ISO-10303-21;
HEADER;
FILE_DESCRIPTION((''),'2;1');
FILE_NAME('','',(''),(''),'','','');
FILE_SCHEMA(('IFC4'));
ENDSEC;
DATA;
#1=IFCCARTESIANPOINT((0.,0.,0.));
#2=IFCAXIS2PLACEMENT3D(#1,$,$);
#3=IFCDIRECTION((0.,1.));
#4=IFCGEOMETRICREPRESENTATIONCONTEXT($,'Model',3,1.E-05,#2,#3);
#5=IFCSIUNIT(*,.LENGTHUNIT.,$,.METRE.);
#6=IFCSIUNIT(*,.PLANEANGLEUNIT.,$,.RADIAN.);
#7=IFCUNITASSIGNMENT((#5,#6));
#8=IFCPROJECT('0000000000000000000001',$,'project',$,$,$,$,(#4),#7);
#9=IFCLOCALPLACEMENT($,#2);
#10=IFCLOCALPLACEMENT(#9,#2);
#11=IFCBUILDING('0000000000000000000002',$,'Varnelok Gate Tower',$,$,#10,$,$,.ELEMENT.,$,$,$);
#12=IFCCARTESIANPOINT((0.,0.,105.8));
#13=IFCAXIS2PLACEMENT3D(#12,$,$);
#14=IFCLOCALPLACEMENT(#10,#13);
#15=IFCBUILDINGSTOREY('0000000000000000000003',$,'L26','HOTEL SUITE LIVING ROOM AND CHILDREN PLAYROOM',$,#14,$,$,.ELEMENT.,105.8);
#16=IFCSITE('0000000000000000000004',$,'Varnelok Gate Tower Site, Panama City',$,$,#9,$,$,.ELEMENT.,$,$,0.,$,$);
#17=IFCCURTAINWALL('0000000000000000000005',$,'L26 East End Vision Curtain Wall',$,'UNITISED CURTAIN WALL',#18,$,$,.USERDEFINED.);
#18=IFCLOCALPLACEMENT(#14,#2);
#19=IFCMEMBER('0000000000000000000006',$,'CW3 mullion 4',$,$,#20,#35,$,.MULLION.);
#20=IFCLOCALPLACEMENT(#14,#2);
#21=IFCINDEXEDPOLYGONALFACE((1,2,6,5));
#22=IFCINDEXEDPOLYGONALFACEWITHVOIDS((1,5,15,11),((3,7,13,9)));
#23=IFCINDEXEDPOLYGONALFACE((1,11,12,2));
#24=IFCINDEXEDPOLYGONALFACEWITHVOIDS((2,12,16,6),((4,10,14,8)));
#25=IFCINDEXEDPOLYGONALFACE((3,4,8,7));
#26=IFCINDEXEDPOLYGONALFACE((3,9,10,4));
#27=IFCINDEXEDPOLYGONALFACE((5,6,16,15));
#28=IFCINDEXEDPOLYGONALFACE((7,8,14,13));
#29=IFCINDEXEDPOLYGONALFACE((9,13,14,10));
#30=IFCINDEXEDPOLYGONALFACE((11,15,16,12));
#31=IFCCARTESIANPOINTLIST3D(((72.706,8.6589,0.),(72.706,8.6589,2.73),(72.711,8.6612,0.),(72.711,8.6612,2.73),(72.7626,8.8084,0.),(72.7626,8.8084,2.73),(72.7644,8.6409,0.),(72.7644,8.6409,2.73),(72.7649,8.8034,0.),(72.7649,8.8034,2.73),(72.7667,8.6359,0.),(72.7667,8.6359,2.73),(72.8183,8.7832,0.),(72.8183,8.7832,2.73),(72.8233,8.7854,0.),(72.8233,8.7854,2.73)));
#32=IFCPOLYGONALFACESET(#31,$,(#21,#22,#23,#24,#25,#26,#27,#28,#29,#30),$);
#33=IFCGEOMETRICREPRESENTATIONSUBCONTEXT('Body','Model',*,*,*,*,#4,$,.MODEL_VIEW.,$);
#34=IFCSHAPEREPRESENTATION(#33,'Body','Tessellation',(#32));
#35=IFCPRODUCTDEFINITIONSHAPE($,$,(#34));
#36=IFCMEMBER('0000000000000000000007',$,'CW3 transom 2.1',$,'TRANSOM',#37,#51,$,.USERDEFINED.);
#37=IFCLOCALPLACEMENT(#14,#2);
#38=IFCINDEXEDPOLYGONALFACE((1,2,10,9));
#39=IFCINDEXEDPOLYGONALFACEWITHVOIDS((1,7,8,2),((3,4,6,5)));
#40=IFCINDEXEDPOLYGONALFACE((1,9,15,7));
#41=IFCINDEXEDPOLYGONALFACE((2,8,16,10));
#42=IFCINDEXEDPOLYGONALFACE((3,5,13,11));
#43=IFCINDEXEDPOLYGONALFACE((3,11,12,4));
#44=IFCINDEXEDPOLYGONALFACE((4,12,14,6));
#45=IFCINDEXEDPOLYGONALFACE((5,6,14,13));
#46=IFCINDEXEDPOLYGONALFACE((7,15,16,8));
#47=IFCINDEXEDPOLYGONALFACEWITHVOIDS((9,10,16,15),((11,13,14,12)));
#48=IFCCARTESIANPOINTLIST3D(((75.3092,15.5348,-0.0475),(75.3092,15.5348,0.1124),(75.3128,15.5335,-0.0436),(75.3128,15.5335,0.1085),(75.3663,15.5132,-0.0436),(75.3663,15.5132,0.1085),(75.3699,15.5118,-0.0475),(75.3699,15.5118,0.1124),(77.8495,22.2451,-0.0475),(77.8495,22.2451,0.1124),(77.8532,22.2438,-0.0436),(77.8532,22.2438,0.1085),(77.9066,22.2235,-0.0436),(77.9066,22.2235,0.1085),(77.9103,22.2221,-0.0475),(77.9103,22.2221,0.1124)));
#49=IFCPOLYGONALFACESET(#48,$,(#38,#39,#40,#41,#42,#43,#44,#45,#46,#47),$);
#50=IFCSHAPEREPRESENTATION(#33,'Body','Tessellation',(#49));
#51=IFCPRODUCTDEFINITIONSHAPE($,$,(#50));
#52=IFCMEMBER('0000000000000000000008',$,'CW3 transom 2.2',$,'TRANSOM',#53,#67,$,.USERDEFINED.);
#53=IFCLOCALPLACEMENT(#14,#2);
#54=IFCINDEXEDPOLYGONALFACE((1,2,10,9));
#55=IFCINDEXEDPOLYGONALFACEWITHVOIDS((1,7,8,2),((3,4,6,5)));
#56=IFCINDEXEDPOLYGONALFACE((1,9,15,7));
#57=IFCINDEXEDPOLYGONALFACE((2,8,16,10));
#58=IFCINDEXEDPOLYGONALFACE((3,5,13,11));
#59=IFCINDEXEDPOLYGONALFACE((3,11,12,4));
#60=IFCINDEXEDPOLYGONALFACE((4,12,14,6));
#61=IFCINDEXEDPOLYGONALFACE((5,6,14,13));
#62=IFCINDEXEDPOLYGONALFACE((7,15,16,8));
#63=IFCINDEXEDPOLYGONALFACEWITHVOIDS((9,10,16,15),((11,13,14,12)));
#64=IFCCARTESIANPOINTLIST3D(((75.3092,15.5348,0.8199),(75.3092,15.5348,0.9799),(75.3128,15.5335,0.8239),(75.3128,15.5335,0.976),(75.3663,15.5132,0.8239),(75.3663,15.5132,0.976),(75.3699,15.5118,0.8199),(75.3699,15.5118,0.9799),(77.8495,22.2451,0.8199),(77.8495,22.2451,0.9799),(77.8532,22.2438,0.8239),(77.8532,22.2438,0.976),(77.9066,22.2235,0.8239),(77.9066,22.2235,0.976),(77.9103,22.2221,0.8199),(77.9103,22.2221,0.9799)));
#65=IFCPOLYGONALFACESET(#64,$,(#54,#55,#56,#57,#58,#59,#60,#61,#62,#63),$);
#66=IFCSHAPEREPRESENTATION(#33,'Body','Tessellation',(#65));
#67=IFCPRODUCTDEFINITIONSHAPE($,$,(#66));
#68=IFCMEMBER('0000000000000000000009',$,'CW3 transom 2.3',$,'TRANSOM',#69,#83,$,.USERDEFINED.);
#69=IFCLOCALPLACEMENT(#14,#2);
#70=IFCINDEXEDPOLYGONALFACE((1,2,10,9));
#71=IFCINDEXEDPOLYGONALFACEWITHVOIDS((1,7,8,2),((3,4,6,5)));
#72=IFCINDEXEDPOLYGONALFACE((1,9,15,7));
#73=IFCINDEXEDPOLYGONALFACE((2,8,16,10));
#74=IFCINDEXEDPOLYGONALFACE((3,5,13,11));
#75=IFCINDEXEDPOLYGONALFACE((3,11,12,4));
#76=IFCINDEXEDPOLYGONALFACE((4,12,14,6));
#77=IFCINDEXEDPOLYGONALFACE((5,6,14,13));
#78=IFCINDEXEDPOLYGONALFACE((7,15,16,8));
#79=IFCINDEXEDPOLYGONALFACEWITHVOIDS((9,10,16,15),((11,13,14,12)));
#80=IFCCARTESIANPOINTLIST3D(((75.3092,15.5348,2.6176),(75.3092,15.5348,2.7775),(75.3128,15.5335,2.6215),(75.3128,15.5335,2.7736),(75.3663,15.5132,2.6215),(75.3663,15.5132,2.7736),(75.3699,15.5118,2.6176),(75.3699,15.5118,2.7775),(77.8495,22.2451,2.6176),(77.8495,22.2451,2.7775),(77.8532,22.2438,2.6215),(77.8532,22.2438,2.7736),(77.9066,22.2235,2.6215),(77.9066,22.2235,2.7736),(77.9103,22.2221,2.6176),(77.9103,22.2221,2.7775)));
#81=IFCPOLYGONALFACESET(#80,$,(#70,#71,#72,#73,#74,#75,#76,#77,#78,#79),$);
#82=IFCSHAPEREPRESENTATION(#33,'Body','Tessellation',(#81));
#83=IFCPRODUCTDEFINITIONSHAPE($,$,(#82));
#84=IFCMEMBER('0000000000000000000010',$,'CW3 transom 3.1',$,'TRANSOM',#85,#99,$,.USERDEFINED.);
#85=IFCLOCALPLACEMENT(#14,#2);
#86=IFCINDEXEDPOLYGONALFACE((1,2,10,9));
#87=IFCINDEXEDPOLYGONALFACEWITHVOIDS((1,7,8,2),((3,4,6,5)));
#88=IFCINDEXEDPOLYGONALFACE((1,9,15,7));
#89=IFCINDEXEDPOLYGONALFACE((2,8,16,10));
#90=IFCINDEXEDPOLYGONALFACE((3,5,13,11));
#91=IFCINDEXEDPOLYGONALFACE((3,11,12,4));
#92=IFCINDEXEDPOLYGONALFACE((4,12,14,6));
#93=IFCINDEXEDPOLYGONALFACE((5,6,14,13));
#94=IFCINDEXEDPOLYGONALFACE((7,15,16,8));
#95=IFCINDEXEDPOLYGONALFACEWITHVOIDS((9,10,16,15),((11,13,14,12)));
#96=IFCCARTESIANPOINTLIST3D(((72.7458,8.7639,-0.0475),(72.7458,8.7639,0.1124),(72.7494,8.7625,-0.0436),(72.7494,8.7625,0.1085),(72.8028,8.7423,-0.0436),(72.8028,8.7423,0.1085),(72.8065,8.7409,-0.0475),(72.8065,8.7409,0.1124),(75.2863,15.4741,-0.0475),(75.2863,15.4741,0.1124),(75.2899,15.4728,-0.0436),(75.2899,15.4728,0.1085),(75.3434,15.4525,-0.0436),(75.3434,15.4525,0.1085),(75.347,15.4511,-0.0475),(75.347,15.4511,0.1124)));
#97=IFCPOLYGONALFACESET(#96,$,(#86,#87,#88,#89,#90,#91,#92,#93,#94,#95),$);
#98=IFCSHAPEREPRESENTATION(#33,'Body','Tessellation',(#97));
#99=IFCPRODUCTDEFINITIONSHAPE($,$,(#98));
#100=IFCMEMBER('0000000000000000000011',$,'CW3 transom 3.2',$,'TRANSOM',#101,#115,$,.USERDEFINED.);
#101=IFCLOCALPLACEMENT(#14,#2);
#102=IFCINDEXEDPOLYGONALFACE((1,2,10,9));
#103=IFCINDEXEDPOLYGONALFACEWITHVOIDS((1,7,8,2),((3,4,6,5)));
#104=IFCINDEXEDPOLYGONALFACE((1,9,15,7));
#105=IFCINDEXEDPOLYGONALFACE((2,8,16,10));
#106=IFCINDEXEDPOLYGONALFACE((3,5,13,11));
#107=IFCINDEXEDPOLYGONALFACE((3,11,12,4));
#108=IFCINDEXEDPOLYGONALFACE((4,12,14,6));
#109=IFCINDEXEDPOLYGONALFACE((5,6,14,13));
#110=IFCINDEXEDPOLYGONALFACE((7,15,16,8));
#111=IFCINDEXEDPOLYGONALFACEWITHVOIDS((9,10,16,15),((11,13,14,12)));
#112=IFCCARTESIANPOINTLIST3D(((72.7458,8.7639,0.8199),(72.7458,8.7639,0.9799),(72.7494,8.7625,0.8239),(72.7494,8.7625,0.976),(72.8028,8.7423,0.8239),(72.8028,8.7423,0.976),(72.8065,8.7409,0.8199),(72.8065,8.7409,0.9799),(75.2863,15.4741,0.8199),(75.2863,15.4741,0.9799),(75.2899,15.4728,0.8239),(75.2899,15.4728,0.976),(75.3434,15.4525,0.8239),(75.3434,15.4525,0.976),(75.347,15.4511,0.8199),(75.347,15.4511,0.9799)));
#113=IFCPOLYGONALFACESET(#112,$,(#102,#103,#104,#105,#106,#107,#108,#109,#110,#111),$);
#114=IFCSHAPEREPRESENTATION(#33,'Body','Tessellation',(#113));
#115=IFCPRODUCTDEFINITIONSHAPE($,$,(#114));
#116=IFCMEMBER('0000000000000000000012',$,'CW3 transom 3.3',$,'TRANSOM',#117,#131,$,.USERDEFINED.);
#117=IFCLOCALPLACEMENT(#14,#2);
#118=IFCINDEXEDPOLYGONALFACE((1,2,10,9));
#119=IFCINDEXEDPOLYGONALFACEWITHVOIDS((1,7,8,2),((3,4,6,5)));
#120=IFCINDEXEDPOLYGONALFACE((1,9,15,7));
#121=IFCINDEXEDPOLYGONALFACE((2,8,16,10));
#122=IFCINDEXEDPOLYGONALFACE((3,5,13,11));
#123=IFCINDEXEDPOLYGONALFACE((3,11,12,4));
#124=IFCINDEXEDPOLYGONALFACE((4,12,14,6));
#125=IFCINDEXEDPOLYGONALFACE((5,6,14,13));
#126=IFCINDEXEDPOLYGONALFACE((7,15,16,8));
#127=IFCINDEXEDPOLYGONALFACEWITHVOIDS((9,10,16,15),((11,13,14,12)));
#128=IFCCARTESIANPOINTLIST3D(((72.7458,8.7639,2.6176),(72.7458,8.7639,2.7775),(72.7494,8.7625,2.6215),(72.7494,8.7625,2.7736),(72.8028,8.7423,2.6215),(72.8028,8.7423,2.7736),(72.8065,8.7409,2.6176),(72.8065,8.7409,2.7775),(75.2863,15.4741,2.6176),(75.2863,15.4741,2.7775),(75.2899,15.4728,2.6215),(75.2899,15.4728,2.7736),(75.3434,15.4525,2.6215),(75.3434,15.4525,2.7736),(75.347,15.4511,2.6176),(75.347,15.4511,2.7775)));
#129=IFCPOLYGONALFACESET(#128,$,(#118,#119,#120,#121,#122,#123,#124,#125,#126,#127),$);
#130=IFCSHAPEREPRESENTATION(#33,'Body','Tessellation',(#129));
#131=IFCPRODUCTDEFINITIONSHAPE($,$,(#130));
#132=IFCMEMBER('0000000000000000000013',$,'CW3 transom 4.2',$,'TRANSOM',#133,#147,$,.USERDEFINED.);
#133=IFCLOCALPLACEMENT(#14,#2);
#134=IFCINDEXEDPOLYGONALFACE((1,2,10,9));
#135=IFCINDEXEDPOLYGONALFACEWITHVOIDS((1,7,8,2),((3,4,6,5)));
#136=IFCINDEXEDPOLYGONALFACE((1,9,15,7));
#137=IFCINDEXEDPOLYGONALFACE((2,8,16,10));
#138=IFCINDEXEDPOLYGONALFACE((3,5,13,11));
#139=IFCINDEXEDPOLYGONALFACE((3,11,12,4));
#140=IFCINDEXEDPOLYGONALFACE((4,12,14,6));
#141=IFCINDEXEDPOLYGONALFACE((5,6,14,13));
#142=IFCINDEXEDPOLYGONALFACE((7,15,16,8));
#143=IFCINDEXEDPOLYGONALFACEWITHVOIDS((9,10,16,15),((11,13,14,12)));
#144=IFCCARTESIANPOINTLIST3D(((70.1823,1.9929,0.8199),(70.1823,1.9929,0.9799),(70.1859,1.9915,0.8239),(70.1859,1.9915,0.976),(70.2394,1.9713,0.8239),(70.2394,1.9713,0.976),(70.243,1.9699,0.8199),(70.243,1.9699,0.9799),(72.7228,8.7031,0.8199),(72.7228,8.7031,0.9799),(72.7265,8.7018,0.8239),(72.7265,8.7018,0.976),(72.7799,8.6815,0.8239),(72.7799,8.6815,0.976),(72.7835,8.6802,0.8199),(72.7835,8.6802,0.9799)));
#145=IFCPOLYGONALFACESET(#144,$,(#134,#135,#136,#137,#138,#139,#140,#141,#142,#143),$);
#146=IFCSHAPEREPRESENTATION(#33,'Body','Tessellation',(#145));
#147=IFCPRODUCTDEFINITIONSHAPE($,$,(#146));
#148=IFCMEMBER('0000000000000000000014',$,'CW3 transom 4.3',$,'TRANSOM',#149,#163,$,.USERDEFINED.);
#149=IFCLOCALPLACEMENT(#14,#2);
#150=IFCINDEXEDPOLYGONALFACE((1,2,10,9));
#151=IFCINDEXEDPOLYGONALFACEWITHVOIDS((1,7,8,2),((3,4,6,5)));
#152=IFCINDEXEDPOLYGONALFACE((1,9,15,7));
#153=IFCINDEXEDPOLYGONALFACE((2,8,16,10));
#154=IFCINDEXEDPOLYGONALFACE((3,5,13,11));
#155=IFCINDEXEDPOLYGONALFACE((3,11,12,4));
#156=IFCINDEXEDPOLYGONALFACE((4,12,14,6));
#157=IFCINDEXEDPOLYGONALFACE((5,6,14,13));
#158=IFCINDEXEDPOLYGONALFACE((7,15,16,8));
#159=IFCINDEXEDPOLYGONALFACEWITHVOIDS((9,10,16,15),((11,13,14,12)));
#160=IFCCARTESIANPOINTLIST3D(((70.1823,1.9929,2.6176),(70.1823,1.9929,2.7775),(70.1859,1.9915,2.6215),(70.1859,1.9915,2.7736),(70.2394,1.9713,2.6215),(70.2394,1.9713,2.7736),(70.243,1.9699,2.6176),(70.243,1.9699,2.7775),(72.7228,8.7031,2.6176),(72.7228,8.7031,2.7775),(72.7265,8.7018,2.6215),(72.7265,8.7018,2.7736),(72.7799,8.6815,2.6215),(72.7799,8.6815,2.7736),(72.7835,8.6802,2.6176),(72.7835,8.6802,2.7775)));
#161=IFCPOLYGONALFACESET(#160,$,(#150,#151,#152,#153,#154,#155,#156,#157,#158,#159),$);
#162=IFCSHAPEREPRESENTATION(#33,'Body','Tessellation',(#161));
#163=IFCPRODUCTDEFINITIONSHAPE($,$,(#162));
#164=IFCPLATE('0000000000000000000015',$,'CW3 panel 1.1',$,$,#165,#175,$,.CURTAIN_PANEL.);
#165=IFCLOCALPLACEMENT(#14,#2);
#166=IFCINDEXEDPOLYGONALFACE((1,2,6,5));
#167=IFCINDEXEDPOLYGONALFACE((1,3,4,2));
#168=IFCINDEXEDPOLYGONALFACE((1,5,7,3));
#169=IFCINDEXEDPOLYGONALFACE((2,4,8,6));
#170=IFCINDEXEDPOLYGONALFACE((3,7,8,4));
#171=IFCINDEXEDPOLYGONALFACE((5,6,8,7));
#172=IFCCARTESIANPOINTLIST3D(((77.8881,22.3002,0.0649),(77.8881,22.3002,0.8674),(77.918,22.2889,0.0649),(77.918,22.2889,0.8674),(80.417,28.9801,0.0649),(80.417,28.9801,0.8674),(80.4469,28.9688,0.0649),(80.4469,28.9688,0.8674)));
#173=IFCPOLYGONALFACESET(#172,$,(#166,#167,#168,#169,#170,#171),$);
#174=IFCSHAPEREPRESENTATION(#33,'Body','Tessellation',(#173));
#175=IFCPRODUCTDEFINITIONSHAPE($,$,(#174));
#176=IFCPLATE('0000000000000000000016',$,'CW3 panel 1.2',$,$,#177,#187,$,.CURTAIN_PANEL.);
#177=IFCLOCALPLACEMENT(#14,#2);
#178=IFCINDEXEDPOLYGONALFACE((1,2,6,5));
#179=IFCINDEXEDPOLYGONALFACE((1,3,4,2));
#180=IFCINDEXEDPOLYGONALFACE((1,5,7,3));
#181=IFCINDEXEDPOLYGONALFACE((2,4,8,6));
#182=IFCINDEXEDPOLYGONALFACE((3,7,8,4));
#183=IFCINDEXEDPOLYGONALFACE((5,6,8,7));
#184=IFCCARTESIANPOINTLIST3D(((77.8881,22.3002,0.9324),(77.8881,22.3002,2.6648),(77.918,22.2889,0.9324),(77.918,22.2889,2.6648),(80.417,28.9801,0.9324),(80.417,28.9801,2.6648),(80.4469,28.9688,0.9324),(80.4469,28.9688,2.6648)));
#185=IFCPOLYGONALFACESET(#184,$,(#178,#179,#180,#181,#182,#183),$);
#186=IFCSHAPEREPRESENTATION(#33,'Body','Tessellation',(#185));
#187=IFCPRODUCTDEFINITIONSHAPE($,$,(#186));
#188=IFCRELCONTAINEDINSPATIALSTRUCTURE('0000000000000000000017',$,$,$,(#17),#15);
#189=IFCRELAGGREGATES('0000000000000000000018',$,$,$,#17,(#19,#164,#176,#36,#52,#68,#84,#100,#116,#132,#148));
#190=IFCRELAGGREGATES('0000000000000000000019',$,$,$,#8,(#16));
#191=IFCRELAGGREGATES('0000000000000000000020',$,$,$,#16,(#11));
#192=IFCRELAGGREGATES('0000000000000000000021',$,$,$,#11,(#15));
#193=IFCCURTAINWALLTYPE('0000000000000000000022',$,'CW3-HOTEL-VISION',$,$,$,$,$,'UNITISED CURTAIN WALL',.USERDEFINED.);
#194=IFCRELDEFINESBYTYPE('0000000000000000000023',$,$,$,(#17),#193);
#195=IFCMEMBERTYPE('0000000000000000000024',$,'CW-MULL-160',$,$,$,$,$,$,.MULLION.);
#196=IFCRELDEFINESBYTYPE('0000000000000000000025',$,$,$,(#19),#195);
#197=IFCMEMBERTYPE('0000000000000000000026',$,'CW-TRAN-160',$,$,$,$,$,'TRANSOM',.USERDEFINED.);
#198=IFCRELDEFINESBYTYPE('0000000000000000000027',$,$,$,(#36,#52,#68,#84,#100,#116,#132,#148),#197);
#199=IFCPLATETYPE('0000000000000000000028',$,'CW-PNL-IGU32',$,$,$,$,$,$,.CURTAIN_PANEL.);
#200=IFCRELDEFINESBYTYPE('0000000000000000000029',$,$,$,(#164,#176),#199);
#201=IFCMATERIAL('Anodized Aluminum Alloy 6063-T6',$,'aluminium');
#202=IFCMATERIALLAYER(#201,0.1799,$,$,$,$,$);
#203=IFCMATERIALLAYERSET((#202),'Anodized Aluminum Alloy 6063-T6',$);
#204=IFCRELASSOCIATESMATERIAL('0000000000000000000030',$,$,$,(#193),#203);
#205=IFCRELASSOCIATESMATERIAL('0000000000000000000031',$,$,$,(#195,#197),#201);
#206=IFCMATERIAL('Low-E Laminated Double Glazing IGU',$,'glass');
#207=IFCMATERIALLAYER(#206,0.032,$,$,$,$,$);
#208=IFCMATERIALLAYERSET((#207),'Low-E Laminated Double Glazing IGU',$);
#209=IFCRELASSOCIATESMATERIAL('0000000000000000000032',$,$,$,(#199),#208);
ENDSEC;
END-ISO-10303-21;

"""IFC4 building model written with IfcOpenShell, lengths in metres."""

from ifc_helpers import new_model, si_unit, direction, frame, origin, origin_2d, place, context, subcontext, project, spatial, rectangle, hollow_rectangle, extrude, source, transform, mapped, material, layer, layer_set, material_profile, profile_set, type_object, element, aggregate, save


model = new_model("IFC4")

# Units and contexts
model_context = context("Model", 3, precision=1e-05, world=origin(), true_north=direction((0.0, 1.0)))
body_context = subcontext(model_context, "Body", "Model", "MODEL_VIEW")
ifc_project = project(units=[si_unit("LENGTHUNIT", "METRE"), si_unit("PLANEANGLEUNIT", "RADIAN")], contexts=[model_context])

# Site, building, storey
site_placement = place(None, origin())
site = spatial("IfcSite", under=ifc_project, at=site_placement, Name="Varnelok Gate Tower Site, Panama City", CompositionType="ELEMENT", RefElevation=0.0)
building_placement = place(site_placement, origin())
building = spatial("IfcBuilding", under=site, at=building_placement, Name="Varnelok Gate Tower", CompositionType="ELEMENT")
storey_placement = place(building_placement, frame((0.0, 0.0, 105.8)))
storey = spatial("IfcBuildingStorey", under=building, at=storey_placement, Name="L26", Description="HOTEL SUITE LIVING ROOM AND CHILDREN PLAYROOM", CompositionType="ELEMENT", Elevation=105.8)

# Curtain wall, members, plates
ifc_material_1 = material(Name="Anodized Aluminum Alloy 6063-T6", Category="aluminium")
ifc_layer_1 = layer(ifc_material_1, 0.1799)
ifc_layer_set_1 = layer_set([ifc_layer_1], Name="Anodized Aluminum Alloy 6063-T6")
curtain_wall_type = type_object("IfcCurtainWallType", Name="CW3-HOTEL-VISION", ElementType="UNITISED CURTAIN WALL", PredefinedType="USERDEFINED", material=ifc_layer_set_1)
curtain_wall_placement = place(storey_placement, origin())
curtain_wall = element("IfcCurtainWall", 1, at=curtain_wall_placement, inside=storey, type_object=curtain_wall_type, Name="L26 East End Vision Curtain Wall", ObjectType="UNITISED CURTAIN WALL", PredefinedType="USERDEFINED")
ifc_material_profile_1 = material_profile(ifc_material_1, hollow_rectangle(XDim=0.0649, YDim=0.1599, WallThickness=0.0039, at=origin_2d()), Name="ALU160X65X4")
ifc_profile_set_1 = profile_set([ifc_material_profile_1], Name="Anodized Aluminum Alloy 6063-T6")
member_type_1 = type_object("IfcMemberType", Name="CW-MULL-160", PredefinedType="MULLION", material=ifc_profile_set_1)
member_1_placement = place(storey_placement, frame((72.7646, 8.7222, 0.0), z_axis=(0.0, 0.0, 1.0), x_axis=(0.935221, -0.354064, 0.0)))
member_1 = element("IfcMember", 2, at=member_1_placement, type_object=member_type_1, Name="CW3 mullion 4", PredefinedType="MULLION", context=body_context, shape_type="SweptSolid", body=[
    extrude(hollow_rectangle(XDim=0.0649, YDim=0.1599, WallThickness=0.0039, at=origin_2d()), origin(), (0.0, 0.0, 1.0), 2.73),
])
ifc_material_profile_2 = material_profile(ifc_material_1, hollow_rectangle(XDim=0.0649, YDim=0.1599, WallThickness=0.0039, at=origin_2d()), Name="ALU160X65X4")
ifc_profile_set_2 = profile_set([ifc_material_profile_2], Name="Anodized Aluminum Alloy 6063-T6")
member_type_2 = type_object("IfcMemberType", Name="CW-TRAN-160", ElementType="TRANSOM", PredefinedType="USERDEFINED", material=ifc_profile_set_2)
member_2_placement = place(storey_placement, frame((77.8799, 22.2336, 0.0325), z_axis=(-0.354049, -0.935227, 0.0), x_axis=(0.935227, -0.354049, 0.0)))
member_2 = element("IfcMember", 3, at=member_2_placement, type_object=member_type_2, Name="CW3 transom 2.1", ObjectType="TRANSOM", PredefinedType="USERDEFINED", context=body_context, shape_type="SweptSolid", body=[
    extrude(hollow_rectangle(XDim=0.0649, YDim=0.1599, WallThickness=0.0039, at=origin_2d()), origin(), (0.0, 0.0, 1.0), 7.175),
])
member_3_placement = place(storey_placement, frame((77.8799, 22.2336, 0.8999), z_axis=(-0.354049, -0.935227, 0.0), x_axis=(0.935227, -0.354049, 0.0)))
member_3 = element("IfcMember", 4, at=member_3_placement, type_object=member_type_2, Name="CW3 transom 2.2", ObjectType="TRANSOM", PredefinedType="USERDEFINED", context=body_context, shape_type="SweptSolid", body=[
    extrude(hollow_rectangle(XDim=0.0649, YDim=0.1599, WallThickness=0.0039, at=origin_2d()), origin(), (0.0, 0.0, 1.0), 7.175),
])
member_4_placement = place(storey_placement, frame((77.8799, 22.2336, 2.6975), z_axis=(-0.354049, -0.935227, 0.0), x_axis=(0.935227, -0.354049, 0.0)))
member_4 = element("IfcMember", 5, at=member_4_placement, type_object=member_type_2, Name="CW3 transom 2.3", ObjectType="TRANSOM", PredefinedType="USERDEFINED", context=body_context, shape_type="SweptSolid", body=[
    extrude(hollow_rectangle(XDim=0.0649, YDim=0.1599, WallThickness=0.0039, at=origin_2d()), origin(), (0.0, 0.0, 1.0), 7.175),
])
member_5_placement = place(storey_placement, frame((75.3167, 15.4626, 0.0325), z_axis=(-0.354079, -0.935216, 0.0), x_axis=(0.935216, -0.354079, 0.0)))
member_5 = element("IfcMember", 6, at=member_5_placement, type_object=member_type_2, Name="CW3 transom 3.1", ObjectType="TRANSOM", PredefinedType="USERDEFINED", context=body_context, shape_type="SweptSolid", body=[
    extrude(hollow_rectangle(XDim=0.0649, YDim=0.1599, WallThickness=0.0039, at=origin_2d()), origin(), (0.0, 0.0, 1.0), 7.175),
])
member_6_placement = place(storey_placement, frame((75.3167, 15.4626, 0.8999), z_axis=(-0.354079, -0.935216, 0.0), x_axis=(0.935216, -0.354079, 0.0)))
member_6 = element("IfcMember", 7, at=member_6_placement, type_object=member_type_2, Name="CW3 transom 3.2", ObjectType="TRANSOM", PredefinedType="USERDEFINED", context=body_context, shape_type="SweptSolid", body=[
    extrude(hollow_rectangle(XDim=0.0649, YDim=0.1599, WallThickness=0.0039, at=origin_2d()), origin(), (0.0, 0.0, 1.0), 7.175),
])
member_7_placement = place(storey_placement, frame((75.3167, 15.4626, 2.6975), z_axis=(-0.354079, -0.935216, 0.0), x_axis=(0.935216, -0.354079, 0.0)))
member_7 = element("IfcMember", 8, at=member_7_placement, type_object=member_type_2, Name="CW3 transom 3.3", ObjectType="TRANSOM", PredefinedType="USERDEFINED", context=body_context, shape_type="SweptSolid", body=[
    extrude(hollow_rectangle(XDim=0.0649, YDim=0.1599, WallThickness=0.0039, at=origin_2d()), origin(), (0.0, 0.0, 1.0), 7.175),
])
member_8_placement = place(storey_placement, frame((72.7532, 8.6917, 0.8999), z_axis=(-0.354079, -0.935216, 0.0), x_axis=(0.935216, -0.354079, 0.0)))
member_8 = element("IfcMember", 9, at=member_8_placement, type_object=member_type_2, Name="CW3 transom 4.2", ObjectType="TRANSOM", PredefinedType="USERDEFINED", context=body_context, shape_type="SweptSolid", body=[
    extrude(hollow_rectangle(XDim=0.0649, YDim=0.1599, WallThickness=0.0039, at=origin_2d()), origin(), (0.0, 0.0, 1.0), 7.175),
])
member_9_placement = place(storey_placement, frame((72.7532, 8.6917, 2.6975), z_axis=(-0.354079, -0.935216, 0.0), x_axis=(0.935216, -0.354079, 0.0)))
member_9 = element("IfcMember", 10, at=member_9_placement, type_object=member_type_2, Name="CW3 transom 4.3", ObjectType="TRANSOM", PredefinedType="USERDEFINED", context=body_context, shape_type="SweptSolid", body=[
    extrude(hollow_rectangle(XDim=0.0649, YDim=0.1599, WallThickness=0.0039, at=origin_2d()), origin(), (0.0, 0.0, 1.0), 7.175),
])
ifc_material_2 = material(Name="Low-E Laminated Double Glazing IGU", Category="glass")
ifc_layer_2 = layer(ifc_material_2, 0.032)
ifc_layer_set_2 = layer_set([ifc_layer_2], Name="Low-E Laminated Double Glazing IGU")
plate_type = type_object("IfcPlateType", Name="CW-PNL-IGU32", PredefinedType="CURTAIN_PANEL", material=ifc_layer_set_2)
shared_shape_1 = source(origin(), body_context, "Body", "SweptSolid", [
    extrude(rectangle(XDim=7.1426, YDim=0.032, at=origin_2d()), origin(), (0.0, 0.0, 1.0), 0.8025),
])
plate_1_placement = place(storey_placement, frame((79.1675, 25.6345, 0.0649), z_axis=(0.0, 0.0, 1.0), x_axis=(-0.354064, -0.935221, 0.0)))
plate_1 = element("IfcPlate", 11, at=plate_1_placement, type_object=plate_type, Name="CW3 panel 1.1", PredefinedType="CURTAIN_PANEL", context=body_context, shape_type="MappedRepresentation", body=[
    mapped(shared_shape_1, transform((0.0, 0.0, 0.0), scale=1.0)),
])
shared_shape_2 = source(origin(), body_context, "Body", "SweptSolid", [
    extrude(rectangle(XDim=7.1426, YDim=0.032, at=origin_2d()), origin(), (0.0, 0.0, 1.0), 1.7324),
])
plate_2_placement = place(storey_placement, frame((79.1675, 25.6345, 0.9324), z_axis=(0.0, 0.0, 1.0), x_axis=(-0.354064, -0.935221, 0.0)))
plate_2 = element("IfcPlate", 12, at=plate_2_placement, type_object=plate_type, Name="CW3 panel 1.2", PredefinedType="CURTAIN_PANEL", context=body_context, shape_type="MappedRepresentation", body=[
    mapped(shared_shape_2, transform((0.0, 0.0, 0.0), scale=1.0)),
])
aggregate(curtain_wall, [member_1, plate_1, plate_2, member_2, member_3, member_4, member_5, member_6, member_7, member_8, member_9])

save(model, "model.ifc")
